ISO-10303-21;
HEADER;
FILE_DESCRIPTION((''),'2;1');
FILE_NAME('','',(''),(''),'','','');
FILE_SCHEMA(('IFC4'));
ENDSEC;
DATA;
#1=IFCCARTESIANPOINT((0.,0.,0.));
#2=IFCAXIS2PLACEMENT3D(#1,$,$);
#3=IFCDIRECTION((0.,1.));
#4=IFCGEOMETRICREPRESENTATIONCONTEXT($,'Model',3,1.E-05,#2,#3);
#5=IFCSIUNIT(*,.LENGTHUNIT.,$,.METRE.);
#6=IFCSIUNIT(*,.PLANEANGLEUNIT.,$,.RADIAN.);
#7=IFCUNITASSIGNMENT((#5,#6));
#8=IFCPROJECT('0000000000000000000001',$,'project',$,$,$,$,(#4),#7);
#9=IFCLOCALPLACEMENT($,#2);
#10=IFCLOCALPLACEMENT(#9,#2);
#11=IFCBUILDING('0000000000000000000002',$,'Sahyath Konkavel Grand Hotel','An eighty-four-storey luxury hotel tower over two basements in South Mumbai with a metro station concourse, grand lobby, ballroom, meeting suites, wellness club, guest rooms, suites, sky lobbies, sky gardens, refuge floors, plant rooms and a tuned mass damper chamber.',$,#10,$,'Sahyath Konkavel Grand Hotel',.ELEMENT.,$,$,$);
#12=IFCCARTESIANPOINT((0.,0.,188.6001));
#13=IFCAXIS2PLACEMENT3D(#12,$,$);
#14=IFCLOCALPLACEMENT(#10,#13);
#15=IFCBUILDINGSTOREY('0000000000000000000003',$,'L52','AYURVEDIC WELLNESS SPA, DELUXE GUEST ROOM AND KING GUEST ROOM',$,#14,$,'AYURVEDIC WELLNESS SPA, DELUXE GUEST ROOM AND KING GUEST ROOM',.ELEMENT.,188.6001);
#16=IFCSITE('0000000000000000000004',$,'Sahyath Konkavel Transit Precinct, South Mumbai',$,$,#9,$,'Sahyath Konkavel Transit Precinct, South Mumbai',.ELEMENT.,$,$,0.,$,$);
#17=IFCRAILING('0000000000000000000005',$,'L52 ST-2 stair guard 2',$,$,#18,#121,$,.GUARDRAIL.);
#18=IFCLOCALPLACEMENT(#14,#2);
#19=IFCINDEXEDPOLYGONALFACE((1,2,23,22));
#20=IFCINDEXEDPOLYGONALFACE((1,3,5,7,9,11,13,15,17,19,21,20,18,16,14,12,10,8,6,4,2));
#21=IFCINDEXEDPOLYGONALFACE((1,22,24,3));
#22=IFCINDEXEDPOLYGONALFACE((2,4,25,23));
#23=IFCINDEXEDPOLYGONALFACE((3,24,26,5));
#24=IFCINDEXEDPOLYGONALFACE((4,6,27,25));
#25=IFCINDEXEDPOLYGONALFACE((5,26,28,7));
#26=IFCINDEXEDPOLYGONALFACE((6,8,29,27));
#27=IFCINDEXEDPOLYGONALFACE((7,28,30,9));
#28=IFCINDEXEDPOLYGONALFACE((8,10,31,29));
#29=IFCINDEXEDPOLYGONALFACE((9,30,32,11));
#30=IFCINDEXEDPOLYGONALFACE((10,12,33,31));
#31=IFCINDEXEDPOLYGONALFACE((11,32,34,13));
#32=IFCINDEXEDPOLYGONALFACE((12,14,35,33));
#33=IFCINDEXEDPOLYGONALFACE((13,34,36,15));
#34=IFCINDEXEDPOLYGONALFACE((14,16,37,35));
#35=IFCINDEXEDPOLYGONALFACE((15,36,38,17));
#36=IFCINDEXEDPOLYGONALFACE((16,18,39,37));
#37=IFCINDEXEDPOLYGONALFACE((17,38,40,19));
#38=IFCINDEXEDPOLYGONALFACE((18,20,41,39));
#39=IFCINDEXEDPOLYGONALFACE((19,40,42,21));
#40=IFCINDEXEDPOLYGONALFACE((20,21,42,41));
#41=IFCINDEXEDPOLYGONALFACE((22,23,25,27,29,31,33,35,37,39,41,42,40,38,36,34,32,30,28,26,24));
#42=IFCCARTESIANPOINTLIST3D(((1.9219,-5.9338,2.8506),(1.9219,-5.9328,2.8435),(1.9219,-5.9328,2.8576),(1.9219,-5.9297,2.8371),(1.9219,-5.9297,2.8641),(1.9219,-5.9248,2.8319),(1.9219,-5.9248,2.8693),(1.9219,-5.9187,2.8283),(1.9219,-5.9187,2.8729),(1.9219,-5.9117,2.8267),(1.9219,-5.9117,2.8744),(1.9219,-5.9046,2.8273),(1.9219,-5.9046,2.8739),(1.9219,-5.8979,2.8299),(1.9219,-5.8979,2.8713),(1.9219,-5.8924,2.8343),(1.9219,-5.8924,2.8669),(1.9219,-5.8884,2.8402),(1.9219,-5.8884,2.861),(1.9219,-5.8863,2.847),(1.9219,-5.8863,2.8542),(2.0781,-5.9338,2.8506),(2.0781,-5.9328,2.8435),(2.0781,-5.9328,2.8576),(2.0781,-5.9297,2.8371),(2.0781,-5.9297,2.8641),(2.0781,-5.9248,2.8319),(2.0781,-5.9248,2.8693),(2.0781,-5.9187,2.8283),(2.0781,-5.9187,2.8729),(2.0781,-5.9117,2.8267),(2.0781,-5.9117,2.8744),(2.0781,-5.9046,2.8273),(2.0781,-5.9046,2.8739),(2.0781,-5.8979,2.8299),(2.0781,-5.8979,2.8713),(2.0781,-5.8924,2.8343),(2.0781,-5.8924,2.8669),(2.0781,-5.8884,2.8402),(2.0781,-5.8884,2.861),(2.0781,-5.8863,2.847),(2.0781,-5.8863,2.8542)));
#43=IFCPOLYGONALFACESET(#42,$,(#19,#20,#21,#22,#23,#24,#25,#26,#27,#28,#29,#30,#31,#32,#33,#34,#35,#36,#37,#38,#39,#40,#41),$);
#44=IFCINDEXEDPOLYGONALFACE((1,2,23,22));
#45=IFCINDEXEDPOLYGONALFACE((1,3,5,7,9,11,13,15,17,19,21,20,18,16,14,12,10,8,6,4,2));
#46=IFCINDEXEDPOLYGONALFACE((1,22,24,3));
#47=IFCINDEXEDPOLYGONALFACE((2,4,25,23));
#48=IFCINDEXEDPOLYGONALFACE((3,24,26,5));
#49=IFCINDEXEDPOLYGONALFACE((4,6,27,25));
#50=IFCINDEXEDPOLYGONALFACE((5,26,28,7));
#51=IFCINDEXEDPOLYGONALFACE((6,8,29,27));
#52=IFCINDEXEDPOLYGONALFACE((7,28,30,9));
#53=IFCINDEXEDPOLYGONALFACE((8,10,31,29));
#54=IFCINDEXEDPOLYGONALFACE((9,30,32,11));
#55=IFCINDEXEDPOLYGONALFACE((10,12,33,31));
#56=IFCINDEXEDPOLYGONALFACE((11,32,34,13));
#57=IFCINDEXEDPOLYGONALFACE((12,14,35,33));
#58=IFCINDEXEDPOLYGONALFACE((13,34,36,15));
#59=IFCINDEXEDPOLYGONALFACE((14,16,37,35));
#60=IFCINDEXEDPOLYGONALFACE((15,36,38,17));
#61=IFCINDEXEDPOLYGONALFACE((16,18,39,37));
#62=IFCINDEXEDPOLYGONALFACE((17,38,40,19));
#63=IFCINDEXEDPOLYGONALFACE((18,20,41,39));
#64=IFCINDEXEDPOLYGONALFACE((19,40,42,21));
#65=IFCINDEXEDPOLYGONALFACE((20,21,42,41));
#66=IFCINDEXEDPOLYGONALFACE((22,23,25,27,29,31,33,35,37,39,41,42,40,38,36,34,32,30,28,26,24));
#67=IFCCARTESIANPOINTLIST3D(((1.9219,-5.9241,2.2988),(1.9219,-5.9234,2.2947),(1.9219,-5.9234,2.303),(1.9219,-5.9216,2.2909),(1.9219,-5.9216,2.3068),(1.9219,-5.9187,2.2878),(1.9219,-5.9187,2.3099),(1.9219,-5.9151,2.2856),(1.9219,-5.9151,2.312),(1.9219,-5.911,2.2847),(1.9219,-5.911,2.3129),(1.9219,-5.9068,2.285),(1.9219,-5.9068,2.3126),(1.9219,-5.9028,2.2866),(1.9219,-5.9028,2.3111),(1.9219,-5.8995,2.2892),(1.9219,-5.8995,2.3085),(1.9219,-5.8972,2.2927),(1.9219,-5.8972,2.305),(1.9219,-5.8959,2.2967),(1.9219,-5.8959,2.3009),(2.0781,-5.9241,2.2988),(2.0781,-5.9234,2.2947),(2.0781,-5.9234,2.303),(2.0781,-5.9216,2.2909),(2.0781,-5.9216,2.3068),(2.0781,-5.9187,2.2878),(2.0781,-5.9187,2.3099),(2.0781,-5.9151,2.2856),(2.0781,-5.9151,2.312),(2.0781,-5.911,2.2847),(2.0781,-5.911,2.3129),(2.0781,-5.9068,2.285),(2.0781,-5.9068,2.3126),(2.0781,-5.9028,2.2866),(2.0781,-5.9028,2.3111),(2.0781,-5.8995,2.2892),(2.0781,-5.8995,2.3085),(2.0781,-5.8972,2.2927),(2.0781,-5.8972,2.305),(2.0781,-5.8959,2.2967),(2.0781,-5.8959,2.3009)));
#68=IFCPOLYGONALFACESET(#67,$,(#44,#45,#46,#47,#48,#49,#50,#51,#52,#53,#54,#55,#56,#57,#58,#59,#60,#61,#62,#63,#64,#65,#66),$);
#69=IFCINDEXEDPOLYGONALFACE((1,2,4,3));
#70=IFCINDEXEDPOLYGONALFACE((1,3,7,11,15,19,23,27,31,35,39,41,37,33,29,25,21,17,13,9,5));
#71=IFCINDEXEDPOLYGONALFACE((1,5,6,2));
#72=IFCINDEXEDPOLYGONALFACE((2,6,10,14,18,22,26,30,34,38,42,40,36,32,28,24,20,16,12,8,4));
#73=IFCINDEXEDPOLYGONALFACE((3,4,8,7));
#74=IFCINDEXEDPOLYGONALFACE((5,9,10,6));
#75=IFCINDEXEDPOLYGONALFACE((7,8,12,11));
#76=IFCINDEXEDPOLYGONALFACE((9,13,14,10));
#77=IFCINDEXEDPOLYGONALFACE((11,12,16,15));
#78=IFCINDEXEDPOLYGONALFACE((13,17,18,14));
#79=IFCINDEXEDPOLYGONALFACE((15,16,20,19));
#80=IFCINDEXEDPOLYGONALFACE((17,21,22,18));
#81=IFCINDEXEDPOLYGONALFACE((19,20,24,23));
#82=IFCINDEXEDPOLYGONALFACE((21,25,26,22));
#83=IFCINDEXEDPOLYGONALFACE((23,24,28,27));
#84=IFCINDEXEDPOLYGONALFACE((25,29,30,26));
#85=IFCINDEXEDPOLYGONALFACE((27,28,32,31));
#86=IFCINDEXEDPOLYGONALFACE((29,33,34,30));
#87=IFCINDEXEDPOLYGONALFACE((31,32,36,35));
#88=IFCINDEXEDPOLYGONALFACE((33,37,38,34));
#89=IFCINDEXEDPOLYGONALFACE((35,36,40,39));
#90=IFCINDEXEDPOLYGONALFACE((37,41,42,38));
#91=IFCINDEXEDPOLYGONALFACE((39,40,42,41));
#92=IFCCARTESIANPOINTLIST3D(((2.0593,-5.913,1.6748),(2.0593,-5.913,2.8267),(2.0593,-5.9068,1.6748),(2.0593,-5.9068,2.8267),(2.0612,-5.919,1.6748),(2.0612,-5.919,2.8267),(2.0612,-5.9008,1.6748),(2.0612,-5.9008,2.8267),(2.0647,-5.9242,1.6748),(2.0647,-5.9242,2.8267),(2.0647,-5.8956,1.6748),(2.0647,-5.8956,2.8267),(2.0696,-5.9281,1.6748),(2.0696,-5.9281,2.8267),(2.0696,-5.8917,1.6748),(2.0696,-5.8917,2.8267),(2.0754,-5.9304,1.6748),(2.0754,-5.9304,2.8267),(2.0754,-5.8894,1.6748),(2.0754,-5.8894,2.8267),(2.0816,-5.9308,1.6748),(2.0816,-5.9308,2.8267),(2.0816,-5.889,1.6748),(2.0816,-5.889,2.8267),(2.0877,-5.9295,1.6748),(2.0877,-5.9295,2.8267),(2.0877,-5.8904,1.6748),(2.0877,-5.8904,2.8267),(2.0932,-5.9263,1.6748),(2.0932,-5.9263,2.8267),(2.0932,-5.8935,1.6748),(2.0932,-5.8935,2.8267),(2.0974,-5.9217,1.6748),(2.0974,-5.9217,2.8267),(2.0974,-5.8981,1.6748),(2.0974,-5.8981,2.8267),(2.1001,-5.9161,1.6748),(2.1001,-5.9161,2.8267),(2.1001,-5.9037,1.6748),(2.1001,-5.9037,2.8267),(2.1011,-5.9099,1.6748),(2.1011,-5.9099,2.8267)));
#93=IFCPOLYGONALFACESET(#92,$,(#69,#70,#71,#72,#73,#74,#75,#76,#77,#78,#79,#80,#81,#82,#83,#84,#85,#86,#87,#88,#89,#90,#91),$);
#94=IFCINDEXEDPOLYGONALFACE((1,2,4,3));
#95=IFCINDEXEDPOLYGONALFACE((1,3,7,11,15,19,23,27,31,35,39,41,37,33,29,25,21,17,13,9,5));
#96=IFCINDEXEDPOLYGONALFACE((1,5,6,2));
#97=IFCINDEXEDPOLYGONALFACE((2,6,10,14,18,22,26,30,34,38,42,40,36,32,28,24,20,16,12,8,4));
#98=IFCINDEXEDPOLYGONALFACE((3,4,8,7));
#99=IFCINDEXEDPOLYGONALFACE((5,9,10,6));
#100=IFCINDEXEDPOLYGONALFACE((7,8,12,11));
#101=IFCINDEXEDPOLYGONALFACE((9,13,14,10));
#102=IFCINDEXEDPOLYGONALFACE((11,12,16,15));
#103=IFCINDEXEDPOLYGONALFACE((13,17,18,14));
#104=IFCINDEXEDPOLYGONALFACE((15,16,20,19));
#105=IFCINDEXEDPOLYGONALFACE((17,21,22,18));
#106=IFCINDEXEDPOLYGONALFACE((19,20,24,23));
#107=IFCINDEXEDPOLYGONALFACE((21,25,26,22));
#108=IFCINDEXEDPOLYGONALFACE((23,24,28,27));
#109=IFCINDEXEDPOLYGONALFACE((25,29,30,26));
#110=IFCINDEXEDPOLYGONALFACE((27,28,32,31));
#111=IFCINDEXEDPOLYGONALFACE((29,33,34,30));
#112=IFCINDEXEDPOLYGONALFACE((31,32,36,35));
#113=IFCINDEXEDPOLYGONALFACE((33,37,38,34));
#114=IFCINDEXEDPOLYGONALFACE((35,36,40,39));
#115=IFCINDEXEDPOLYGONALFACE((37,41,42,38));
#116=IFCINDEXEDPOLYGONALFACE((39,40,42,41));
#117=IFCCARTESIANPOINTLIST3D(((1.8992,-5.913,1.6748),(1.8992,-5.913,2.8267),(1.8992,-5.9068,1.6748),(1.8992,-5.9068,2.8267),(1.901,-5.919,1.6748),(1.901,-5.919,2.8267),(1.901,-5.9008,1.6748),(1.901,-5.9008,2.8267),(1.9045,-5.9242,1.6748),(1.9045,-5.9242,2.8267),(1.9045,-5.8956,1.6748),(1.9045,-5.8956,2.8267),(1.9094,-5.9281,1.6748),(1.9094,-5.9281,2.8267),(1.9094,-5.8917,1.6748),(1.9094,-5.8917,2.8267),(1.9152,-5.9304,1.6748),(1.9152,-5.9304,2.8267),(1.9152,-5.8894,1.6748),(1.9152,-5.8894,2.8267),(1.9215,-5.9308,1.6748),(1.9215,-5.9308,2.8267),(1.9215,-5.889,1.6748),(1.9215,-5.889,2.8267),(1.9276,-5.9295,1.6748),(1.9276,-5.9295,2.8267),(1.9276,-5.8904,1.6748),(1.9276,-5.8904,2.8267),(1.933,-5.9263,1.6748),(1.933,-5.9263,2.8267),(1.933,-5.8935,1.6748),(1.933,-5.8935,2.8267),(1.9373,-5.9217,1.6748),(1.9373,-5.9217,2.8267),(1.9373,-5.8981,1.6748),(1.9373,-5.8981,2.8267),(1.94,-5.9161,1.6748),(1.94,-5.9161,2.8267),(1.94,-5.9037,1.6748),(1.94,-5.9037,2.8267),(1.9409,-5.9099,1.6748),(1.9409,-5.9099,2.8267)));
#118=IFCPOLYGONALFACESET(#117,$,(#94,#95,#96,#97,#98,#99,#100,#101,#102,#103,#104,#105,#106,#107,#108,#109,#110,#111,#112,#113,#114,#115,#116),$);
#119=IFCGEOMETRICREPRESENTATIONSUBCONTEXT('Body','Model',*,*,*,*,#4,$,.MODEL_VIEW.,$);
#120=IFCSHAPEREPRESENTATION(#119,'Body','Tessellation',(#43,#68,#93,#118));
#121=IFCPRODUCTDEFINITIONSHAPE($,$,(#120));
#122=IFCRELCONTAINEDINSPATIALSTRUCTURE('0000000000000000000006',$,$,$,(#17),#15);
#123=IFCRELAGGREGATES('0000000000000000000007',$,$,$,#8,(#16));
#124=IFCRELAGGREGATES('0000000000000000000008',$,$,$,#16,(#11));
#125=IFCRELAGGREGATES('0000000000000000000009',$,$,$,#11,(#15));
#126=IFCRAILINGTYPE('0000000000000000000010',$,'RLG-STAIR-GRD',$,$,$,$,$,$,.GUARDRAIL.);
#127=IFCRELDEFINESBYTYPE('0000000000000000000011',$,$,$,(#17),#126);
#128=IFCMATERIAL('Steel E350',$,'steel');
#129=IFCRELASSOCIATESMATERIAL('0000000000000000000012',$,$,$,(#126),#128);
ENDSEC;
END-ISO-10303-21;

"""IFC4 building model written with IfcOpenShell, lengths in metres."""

from ifc_helpers import new_model, si_unit, direction, frame, origin, origin_2d, place, context, subcontext, project, spatial, circle, extrude, material, type_object, element, save


model = new_model("IFC4")

# Units and contexts
model_context = context("Model", 3, precision=1e-05, world=origin(), true_north=direction((0.0, 1.0)))
body_context = subcontext(model_context, "Body", "Model", "MODEL_VIEW")
ifc_project = project(units=[si_unit("LENGTHUNIT", "METRE"), si_unit("PLANEANGLEUNIT", "RADIAN")], contexts=[model_context])

# Site, building, storey
site_placement = place(None, origin())
site = spatial("IfcSite", under=ifc_project, at=site_placement, Name="Sahyath Konkavel Transit Precinct, South Mumbai", LongName="Sahyath Konkavel Transit Precinct, South Mumbai", CompositionType="ELEMENT", RefElevation=0.0)
building_placement = place(site_placement, origin())
building = spatial("IfcBuilding", under=site, at=building_placement, Name="Sahyath Konkavel Grand Hotel", Description="An eighty-four-storey luxury hotel tower over two basements in South Mumbai with a metro station concourse, grand lobby, ballroom, meeting suites, wellness club, guest rooms, suites, sky lobbies, sky gardens, refuge floors, plant rooms and a tuned mass damper chamber.", LongName="Sahyath Konkavel Grand Hotel", CompositionType="ELEMENT")
storey_placement = place(building_placement, frame((0.0, 0.0, 188.6001)))
storey = spatial("IfcBuildingStorey", under=building, at=storey_placement, Name="L52", Description="AYURVEDIC WELLNESS SPA, DELUXE GUEST ROOM AND KING GUEST ROOM", LongName="AYURVEDIC WELLNESS SPA, DELUXE GUEST ROOM AND KING GUEST ROOM", CompositionType="ELEMENT", Elevation=188.6001)

# Shared definitions
ifc_material_1 = material(Name="Steel E350", Category="steel")

# Railing
railing_type_1 = type_object("IfcRailingType", Name="RLG-STAIR-GRD", PredefinedType="GUARDRAIL", material=ifc_material_1)
railing_1_placement = place(storey_placement, frame((2.0801, -5.9099, 1.6748)))
element("IfcRailing", 1, at=railing_1_placement, inside=storey, type_object=railing_type_1, Name="L52 ST-2 stair guard 2", PredefinedType="GUARDRAIL", context=body_context, shape_type="SweptSolid", body=[
    extrude(circle(Radius=0.0239, at=origin_2d()), frame((-0.002, 0.0, 1.1758), z_axis=(-1.0, 0.0, 0.0), x_axis=(0.0, -1.0, 0.0)), (0.0, 0.0, 1.0), 0.1562),
    extrude(circle(Radius=0.0142, at=origin_2d()), frame((-0.002, 0.0, 0.624), z_axis=(-1.0, 0.0, 0.0), x_axis=(0.0, -1.0, 0.0)), (0.0, 0.0, 1.0), 0.1562),
    extrude(circle(Radius=0.021, at=origin_2d()), origin(), (0.0, 0.0, 1.0), 1.1519),
    extrude(circle(Radius=0.021, at=origin_2d()), frame((-0.1602, 0.0, 0.0)), (0.0, 0.0, 1.0), 1.1519),
])

save(model, "model.ifc")
